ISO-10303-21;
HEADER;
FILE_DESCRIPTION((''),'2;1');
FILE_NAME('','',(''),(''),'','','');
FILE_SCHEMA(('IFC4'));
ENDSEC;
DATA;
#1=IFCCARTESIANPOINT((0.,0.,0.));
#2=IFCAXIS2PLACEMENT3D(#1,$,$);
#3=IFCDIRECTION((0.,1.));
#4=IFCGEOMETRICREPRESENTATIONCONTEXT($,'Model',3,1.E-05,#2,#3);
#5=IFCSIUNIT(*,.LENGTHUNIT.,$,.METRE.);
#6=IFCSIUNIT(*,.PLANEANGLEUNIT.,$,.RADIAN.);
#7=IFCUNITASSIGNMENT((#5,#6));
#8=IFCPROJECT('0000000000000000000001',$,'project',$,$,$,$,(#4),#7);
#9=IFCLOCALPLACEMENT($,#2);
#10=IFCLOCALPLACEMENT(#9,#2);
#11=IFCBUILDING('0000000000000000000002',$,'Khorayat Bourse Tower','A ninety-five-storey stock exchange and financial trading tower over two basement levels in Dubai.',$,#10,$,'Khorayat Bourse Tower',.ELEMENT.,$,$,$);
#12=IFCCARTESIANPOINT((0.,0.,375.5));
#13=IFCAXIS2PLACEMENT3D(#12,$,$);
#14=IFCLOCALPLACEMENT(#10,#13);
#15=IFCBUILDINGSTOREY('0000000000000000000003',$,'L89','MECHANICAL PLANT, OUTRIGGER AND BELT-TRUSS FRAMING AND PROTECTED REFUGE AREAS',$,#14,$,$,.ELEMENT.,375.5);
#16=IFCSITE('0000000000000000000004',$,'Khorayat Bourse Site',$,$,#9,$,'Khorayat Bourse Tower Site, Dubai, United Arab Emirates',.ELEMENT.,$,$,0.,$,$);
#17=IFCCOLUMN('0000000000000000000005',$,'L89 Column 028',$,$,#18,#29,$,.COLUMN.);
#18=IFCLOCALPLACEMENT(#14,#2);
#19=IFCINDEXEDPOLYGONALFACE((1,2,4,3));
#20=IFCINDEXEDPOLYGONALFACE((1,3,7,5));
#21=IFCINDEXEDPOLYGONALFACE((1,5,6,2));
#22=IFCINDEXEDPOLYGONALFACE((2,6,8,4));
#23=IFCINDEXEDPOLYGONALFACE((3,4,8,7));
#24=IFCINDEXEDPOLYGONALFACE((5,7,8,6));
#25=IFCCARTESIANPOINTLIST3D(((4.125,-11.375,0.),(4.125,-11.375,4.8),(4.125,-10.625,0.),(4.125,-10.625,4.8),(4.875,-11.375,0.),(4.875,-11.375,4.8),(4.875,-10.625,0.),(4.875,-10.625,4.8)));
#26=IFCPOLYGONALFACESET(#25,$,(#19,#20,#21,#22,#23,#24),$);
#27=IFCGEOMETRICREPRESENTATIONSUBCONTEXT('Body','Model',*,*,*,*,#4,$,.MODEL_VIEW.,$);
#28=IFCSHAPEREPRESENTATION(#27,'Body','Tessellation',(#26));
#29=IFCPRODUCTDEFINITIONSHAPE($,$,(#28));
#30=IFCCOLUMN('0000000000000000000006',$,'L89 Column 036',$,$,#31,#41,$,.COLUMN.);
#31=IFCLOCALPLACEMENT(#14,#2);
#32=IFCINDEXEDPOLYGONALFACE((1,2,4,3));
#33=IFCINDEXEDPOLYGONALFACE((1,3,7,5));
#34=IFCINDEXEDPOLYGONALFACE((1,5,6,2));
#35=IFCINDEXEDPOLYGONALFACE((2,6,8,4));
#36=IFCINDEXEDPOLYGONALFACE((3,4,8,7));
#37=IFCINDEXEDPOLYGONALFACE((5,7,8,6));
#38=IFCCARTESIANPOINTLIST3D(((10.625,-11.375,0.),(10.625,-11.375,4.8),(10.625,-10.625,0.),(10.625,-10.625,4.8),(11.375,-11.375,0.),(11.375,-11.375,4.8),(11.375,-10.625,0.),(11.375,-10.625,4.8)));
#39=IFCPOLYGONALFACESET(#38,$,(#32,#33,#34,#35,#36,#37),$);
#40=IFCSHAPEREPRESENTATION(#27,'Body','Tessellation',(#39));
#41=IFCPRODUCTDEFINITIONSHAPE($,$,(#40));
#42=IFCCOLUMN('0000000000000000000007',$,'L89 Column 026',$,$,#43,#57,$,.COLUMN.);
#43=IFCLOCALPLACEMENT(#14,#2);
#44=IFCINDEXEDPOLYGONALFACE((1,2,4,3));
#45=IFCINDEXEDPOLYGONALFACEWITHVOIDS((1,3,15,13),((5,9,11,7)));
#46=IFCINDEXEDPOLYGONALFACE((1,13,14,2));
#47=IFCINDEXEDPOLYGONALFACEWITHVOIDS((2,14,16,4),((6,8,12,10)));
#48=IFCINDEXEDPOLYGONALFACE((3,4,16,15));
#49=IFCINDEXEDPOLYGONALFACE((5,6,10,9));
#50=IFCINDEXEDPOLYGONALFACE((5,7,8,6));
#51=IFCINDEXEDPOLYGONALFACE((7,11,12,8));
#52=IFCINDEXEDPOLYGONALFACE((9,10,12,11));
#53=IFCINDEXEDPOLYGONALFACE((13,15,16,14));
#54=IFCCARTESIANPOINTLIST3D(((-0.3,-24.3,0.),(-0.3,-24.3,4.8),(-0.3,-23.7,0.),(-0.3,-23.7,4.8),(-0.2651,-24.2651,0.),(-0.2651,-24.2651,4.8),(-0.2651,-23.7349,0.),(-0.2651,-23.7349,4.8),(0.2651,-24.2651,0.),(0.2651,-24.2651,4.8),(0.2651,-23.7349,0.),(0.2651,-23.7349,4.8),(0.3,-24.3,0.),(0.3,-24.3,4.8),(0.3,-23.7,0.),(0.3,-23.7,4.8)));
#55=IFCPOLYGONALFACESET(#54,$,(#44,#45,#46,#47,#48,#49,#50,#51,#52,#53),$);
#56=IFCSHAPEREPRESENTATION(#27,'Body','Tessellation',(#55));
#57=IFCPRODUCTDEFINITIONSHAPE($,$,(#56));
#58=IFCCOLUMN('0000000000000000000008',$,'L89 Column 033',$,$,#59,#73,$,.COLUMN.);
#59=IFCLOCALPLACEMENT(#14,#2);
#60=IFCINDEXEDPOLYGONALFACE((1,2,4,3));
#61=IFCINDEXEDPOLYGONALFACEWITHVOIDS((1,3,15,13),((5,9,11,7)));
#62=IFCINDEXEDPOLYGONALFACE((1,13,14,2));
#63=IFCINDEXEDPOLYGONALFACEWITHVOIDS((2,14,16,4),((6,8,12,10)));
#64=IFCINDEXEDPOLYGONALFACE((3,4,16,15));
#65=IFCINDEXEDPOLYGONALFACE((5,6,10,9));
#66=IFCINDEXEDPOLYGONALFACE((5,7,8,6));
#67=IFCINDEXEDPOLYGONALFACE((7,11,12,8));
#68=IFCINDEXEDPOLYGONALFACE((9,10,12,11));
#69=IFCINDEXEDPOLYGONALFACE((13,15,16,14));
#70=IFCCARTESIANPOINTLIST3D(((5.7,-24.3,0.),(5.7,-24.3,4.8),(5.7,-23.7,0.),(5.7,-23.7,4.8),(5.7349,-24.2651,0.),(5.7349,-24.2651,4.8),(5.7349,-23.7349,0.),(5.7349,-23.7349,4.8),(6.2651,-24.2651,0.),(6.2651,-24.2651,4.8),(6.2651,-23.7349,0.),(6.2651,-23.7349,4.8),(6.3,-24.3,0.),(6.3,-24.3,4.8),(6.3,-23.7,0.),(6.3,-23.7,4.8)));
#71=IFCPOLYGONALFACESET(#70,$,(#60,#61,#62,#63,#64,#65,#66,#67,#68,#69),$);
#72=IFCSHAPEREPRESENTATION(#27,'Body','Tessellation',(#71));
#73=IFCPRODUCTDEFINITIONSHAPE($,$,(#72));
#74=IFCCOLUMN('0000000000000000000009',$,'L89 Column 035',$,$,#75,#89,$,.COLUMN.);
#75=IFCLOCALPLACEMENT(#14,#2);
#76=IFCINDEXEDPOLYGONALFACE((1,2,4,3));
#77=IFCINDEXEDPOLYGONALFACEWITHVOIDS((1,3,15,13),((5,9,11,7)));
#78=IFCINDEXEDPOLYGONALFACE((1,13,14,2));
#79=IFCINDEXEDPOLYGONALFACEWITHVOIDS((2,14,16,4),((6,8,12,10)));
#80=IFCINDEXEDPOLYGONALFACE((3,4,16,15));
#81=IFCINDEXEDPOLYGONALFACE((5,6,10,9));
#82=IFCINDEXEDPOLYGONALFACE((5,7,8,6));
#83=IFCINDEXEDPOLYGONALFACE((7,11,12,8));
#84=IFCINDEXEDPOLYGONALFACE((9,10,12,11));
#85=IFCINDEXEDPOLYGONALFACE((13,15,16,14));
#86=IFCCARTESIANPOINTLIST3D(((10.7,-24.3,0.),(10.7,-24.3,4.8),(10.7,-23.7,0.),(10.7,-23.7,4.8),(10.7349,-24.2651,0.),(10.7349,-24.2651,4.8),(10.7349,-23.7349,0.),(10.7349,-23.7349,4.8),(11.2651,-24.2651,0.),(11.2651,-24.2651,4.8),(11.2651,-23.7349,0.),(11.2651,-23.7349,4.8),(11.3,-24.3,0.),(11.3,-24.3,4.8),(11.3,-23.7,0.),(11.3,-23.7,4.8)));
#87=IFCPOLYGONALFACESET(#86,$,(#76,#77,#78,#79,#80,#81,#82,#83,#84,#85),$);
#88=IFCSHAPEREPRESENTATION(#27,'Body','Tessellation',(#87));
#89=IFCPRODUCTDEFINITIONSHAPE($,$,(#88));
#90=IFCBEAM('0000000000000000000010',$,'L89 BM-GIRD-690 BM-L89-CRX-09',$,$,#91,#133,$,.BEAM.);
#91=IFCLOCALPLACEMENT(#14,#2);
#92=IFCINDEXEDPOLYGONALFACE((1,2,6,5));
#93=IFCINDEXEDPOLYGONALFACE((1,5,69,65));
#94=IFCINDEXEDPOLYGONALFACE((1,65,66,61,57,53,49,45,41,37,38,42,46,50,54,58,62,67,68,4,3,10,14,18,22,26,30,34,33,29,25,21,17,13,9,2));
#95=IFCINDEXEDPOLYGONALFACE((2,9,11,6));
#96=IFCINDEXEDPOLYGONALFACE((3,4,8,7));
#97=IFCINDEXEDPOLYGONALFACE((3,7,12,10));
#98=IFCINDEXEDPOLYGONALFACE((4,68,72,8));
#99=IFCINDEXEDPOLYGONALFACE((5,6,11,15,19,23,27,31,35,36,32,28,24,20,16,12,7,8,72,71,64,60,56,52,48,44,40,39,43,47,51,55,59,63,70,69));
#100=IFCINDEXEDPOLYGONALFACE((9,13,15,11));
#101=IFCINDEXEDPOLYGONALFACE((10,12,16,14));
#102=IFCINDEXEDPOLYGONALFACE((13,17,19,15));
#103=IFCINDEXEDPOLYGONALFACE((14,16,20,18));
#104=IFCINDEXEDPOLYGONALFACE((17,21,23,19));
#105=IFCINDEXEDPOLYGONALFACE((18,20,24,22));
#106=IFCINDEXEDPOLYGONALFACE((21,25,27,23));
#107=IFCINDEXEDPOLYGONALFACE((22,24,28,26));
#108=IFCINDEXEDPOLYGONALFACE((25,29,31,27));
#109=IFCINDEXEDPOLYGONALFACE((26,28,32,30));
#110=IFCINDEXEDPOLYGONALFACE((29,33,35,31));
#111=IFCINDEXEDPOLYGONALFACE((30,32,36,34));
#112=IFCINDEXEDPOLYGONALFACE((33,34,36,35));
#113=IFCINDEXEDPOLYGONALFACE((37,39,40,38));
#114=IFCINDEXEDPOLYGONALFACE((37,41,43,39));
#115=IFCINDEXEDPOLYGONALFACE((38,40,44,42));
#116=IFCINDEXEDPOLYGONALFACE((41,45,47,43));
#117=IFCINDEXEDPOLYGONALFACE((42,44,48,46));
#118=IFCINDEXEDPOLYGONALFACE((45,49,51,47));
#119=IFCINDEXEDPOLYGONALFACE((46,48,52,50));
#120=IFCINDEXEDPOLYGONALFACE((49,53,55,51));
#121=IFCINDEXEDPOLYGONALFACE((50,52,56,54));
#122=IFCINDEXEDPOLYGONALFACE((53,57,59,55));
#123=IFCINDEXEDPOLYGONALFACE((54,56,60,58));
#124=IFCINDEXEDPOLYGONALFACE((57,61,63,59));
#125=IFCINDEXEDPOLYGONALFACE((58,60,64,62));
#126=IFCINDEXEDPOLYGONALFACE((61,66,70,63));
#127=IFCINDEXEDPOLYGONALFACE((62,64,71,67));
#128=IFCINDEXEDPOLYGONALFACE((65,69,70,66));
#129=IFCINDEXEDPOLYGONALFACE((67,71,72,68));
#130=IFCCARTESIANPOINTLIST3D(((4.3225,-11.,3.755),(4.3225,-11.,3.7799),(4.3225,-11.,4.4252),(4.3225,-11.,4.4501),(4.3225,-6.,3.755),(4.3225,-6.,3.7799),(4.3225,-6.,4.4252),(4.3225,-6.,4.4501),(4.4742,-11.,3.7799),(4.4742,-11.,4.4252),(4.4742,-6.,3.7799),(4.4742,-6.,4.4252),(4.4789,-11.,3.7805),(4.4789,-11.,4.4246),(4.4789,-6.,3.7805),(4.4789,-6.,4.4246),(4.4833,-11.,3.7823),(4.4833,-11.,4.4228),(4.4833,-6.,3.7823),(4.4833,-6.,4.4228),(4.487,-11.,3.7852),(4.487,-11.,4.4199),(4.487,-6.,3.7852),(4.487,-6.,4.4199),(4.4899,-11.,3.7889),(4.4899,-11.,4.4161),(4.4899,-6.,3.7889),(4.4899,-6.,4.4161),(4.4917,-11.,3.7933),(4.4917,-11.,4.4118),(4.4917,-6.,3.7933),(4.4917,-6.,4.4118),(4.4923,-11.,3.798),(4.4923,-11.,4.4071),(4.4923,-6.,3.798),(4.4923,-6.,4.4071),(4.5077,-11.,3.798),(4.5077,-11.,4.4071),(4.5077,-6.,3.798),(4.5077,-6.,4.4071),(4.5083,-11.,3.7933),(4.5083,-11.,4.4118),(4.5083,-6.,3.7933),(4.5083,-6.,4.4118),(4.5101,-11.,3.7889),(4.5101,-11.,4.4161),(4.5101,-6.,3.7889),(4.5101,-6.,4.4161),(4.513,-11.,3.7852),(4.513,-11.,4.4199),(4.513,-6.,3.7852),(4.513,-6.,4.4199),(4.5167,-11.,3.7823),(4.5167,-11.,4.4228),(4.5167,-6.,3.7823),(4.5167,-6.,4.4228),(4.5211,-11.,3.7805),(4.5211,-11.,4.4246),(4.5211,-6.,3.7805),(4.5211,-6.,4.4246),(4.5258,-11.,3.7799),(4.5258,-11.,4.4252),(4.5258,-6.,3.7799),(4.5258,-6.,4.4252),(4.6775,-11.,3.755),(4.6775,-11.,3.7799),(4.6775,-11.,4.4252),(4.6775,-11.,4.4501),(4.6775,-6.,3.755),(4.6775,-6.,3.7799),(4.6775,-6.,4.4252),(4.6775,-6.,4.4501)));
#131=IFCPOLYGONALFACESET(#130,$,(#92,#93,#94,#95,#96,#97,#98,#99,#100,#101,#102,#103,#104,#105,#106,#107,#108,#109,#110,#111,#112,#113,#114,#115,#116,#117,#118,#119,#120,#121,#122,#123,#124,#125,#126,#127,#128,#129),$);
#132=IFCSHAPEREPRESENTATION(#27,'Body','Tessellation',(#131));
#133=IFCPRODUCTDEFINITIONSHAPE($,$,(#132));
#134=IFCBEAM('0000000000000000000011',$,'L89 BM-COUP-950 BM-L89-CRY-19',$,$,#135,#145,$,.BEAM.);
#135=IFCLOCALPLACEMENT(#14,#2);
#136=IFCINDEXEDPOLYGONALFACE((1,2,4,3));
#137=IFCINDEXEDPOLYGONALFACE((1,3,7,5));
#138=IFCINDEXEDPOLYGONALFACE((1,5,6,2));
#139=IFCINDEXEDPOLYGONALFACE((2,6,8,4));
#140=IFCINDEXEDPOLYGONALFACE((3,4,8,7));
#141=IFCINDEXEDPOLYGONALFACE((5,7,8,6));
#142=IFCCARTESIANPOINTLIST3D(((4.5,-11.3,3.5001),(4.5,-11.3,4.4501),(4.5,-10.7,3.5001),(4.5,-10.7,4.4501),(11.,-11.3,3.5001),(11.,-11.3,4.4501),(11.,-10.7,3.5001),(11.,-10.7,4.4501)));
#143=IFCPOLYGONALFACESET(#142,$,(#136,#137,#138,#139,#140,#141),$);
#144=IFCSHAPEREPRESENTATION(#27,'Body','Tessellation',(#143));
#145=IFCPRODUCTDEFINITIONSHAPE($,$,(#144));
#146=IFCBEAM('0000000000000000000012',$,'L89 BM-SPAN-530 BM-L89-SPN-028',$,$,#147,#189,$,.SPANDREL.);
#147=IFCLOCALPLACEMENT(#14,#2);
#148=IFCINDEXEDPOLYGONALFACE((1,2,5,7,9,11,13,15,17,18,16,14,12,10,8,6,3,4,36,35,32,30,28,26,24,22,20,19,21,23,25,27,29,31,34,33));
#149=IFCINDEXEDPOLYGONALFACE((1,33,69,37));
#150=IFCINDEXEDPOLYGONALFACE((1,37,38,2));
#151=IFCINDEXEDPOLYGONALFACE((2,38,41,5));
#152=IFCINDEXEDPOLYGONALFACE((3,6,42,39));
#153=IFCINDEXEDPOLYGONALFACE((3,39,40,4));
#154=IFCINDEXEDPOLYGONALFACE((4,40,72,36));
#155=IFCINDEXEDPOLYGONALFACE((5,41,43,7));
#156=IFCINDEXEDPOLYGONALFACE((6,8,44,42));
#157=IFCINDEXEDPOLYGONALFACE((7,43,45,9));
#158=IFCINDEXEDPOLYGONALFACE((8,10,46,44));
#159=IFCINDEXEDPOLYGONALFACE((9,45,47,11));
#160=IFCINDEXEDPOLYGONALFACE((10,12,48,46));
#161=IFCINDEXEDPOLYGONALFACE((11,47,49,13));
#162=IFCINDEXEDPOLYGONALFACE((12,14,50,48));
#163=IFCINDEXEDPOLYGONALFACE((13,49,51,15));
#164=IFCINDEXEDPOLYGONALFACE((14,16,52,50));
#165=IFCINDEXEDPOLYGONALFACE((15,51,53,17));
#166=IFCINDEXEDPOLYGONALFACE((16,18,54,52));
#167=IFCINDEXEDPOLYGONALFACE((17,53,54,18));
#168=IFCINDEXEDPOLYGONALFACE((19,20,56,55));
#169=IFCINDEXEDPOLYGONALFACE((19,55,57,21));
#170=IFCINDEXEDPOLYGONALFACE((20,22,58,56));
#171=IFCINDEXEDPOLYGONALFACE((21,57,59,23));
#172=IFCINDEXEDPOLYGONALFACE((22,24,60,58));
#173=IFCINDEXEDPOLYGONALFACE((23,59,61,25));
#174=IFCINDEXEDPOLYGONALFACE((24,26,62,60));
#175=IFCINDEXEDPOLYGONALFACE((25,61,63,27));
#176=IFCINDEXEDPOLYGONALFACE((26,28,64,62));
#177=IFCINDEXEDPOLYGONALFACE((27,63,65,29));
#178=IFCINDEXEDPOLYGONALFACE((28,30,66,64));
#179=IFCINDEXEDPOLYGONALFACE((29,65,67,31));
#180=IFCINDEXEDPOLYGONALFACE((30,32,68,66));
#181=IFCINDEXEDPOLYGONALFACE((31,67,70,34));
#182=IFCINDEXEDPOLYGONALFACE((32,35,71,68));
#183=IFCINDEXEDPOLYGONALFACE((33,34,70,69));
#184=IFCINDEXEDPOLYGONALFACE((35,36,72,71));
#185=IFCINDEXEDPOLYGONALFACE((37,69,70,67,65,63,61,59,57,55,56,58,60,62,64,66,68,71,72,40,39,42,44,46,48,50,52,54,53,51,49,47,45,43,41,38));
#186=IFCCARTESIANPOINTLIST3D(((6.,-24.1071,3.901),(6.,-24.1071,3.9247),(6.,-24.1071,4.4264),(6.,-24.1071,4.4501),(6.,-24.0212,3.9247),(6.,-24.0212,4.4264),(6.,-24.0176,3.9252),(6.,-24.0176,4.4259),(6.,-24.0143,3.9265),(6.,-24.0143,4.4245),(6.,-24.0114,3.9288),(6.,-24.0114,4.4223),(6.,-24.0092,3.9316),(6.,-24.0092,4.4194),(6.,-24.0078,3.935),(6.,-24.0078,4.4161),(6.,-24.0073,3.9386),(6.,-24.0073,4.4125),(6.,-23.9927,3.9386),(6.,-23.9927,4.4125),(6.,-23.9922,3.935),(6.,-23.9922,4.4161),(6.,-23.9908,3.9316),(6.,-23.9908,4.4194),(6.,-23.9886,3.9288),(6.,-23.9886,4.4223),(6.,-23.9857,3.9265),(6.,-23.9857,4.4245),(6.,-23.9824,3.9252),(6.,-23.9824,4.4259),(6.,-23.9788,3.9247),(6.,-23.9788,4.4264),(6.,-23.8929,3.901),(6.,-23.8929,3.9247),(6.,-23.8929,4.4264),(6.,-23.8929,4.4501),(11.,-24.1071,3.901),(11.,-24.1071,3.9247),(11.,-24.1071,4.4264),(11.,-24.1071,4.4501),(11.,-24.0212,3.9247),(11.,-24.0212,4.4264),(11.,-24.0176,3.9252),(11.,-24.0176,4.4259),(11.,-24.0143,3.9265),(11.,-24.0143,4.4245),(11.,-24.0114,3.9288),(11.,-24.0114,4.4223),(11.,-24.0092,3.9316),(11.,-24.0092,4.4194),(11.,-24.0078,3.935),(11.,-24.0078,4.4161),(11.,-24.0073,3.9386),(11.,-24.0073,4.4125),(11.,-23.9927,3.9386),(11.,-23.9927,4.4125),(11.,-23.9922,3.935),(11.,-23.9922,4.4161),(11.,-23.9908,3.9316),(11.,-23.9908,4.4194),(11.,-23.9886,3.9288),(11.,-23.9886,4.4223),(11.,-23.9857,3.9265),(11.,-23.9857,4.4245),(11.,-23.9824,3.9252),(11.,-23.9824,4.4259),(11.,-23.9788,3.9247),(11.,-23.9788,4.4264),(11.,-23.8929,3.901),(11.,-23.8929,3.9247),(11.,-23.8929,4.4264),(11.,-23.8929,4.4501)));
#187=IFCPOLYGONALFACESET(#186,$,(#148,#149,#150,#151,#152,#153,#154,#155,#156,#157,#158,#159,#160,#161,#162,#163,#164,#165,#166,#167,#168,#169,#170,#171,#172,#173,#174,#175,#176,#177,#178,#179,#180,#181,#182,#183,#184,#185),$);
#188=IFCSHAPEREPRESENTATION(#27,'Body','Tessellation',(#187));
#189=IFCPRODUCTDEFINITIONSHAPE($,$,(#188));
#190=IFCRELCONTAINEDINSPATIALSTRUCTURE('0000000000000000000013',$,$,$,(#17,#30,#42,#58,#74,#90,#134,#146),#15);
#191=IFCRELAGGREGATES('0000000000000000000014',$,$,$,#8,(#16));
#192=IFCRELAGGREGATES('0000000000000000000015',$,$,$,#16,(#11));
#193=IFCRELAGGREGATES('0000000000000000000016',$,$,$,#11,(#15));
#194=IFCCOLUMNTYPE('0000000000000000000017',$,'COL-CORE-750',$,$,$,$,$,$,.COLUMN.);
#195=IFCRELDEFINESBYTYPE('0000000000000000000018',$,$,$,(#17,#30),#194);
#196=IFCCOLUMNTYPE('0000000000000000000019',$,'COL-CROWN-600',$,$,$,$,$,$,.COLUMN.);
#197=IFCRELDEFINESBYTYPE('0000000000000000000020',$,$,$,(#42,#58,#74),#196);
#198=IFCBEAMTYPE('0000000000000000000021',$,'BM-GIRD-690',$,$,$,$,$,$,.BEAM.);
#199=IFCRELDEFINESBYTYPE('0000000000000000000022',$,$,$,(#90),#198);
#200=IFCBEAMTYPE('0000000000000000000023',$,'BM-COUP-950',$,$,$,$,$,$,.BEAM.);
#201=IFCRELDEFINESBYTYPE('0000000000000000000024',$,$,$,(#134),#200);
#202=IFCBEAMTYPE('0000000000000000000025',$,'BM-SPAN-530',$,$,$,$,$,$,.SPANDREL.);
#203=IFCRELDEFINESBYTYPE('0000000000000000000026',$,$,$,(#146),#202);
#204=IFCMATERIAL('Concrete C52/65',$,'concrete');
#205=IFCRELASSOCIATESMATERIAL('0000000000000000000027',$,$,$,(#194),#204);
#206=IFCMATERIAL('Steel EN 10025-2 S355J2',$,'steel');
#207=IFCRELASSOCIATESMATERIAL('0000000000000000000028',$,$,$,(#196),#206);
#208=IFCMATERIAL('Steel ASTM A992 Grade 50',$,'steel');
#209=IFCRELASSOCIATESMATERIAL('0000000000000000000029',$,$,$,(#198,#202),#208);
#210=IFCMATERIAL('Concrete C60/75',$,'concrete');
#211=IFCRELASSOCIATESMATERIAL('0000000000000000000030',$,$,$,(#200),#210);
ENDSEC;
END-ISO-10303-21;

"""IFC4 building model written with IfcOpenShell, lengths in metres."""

from ifc_helpers import new_model, si_unit, direction, frame, origin, origin_2d, place, context, subcontext, project, spatial, rectangle, hollow_rectangle, i_section, extrude, source, transform, mapped, material, material_profile, profile_set, type_object, element, save


model = new_model("IFC4")

# Units and contexts
model_context = context("Model", 3, precision=1e-05, world=origin(), true_north=direction((0.0, 1.0)))
body_context = subcontext(model_context, "Body", "Model", "MODEL_VIEW")
ifc_project = project(units=[si_unit("LENGTHUNIT", "METRE"), si_unit("PLANEANGLEUNIT", "RADIAN")], contexts=[model_context])

# Site, building, storey
site_placement = place(None, origin())
site = spatial("IfcSite", under=ifc_project, at=site_placement, Name="Khorayat Bourse Site", LongName="Khorayat Bourse Tower Site, Dubai, United Arab Emirates", CompositionType="ELEMENT", RefElevation=0.0)
building_placement = place(site_placement, origin())
building = spatial("IfcBuilding", under=site, at=building_placement, Name="Khorayat Bourse Tower", Description="A ninety-five-storey stock exchange and financial trading tower over two basement levels in Dubai.", LongName="Khorayat Bourse Tower", CompositionType="ELEMENT")
storey_placement = place(building_placement, frame((0.0, 0.0, 375.5)))
storey = spatial("IfcBuildingStorey", under=building, at=storey_placement, Name="L89", Description="MECHANICAL PLANT, OUTRIGGER AND BELT-TRUSS FRAMING AND PROTECTED REFUGE AREAS", CompositionType="ELEMENT", Elevation=375.5)

# Columns
ifc_material_1 = material(Name="Concrete C52/65", Category="concrete")
ifc_material_profile_1 = material_profile(ifc_material_1, rectangle(XDim=0.75, YDim=0.75, at=origin_2d()), Name="RC 750x750")
ifc_profile_set_1 = profile_set([ifc_material_profile_1], Name="Concrete C52/65")
column_type_1 = type_object("IfcColumnType", Name="COL-CORE-750", PredefinedType="COLUMN", material=ifc_profile_set_1)
shared_shape_1 = source(origin(), body_context, "Body", "SweptSolid", [
    extrude(rectangle(XDim=0.75, YDim=0.75, at=origin_2d()), origin(), (0.0, 0.0, 1.0), 4.8),
])
for number, where, z_axis, x_axis, name in (
    (1, (4.5, -11.0, 0.0), (0.0, 0.0, 1.0), (1.0, 0.0, 0.0), "L89 Column 028"),
    (2, (11.0, -11.0, 0.0), (0.0, 0.0, 1.0), (1.0, 0.0, 0.0), "L89 Column 036"),
):
    element("IfcColumn", number, at=place(storey_placement, frame(where, z_axis=z_axis, x_axis=x_axis)), inside=storey, type_object=column_type_1, Name=name, PredefinedType="COLUMN", context=body_context, shape_type="MappedRepresentation", body=[
        mapped(shared_shape_1, transform((0.0, 0.0, 0.0), scale=1.0)),
    ])
ifc_material_2 = material(Name="Steel EN 10025-2 S355J2", Category="steel")
ifc_material_profile_2 = material_profile(ifc_material_2, hollow_rectangle(XDim=0.6001, YDim=0.6001, WallThickness=0.0349, at=origin_2d()), Name="BOX 600x600x35")
ifc_profile_set_2 = profile_set([ifc_material_profile_2], Name="Steel EN 10025-2 S355J2")
column_type_2 = type_object("IfcColumnType", Name="COL-CROWN-600", PredefinedType="COLUMN", material=ifc_profile_set_2)
shared_shape_2 = source(origin(), body_context, "Body", "SweptSolid", [
    extrude(hollow_rectangle(XDim=0.6001, YDim=0.6001, WallThickness=0.0349, at=origin_2d()), origin(), (0.0, 0.0, 1.0), 4.8),
])
for number, where, z_axis, x_axis, name in (
    (3, (0.0, -24.0, 0.0), (0.0, 0.0, 1.0), (1.0, 0.0, 0.0), "L89 Column 026"),
    (4, (6.0, -24.0, 0.0), (0.0, 0.0, 1.0), (1.0, 0.0, 0.0), "L89 Column 033"),
    (5, (11.0, -24.0, 0.0), (0.0, 0.0, 1.0), (1.0, 0.0, 0.0), "L89 Column 035"),
):
    element("IfcColumn", number, at=place(storey_placement, frame(where, z_axis=z_axis, x_axis=x_axis)), inside=storey, type_object=column_type_2, Name=name, PredefinedType="COLUMN", context=body_context, shape_type="MappedRepresentation", body=[
        mapped(shared_shape_2, transform((0.0, 0.0, 0.0), scale=1.0)),
    ])

# Beams
ifc_material_3 = material(Name="Steel ASTM A992 Grade 50", Category="steel")
ifc_material_profile_3 = material_profile(ifc_material_3, i_section(OverallWidth=0.355, OverallDepth=0.6951, WebThickness=0.0154, FlangeThickness=0.0249, FilletRadius=0.0181, at=origin_2d()), Name="W690X217")
ifc_profile_set_3 = profile_set([ifc_material_profile_3], Name="Steel ASTM A992 Grade 50")
beam_type_1 = type_object("IfcBeamType", Name="BM-GIRD-690", PredefinedType="BEAM", material=ifc_profile_set_3)
shared_shape_3 = source(origin(), body_context, "Body", "SweptSolid", [
    extrude(i_section(OverallWidth=0.355, OverallDepth=0.6951, WebThickness=0.0154, FlangeThickness=0.0249, FilletRadius=0.0181, at=origin_2d()), origin(), (0.0, 0.0, 1.0), 5.0),
])
beam_1_placement = place(storey_placement, frame((4.5, -11.0, 4.1025), z_axis=(0.0, 1.0, 0.0), x_axis=(-1.0, 0.0, 0.0)))
element("IfcBeam", 6, at=beam_1_placement, inside=storey, type_object=beam_type_1, Name="L89 BM-GIRD-690 BM-L89-CRX-09", PredefinedType="BEAM", context=body_context, shape_type="MappedRepresentation", body=[
    mapped(shared_shape_3, transform((0.0, 0.0, 0.0), scale=1.0)),
])
ifc_material_4 = material(Name="Concrete C60/75", Category="concrete")
ifc_material_profile_4 = material_profile(ifc_material_4, rectangle(XDim=0.6001, YDim=0.95, at=origin_2d()), Name="RC 600x950")
ifc_profile_set_4 = profile_set([ifc_material_profile_4], Name="Concrete C60/75")
beam_type_2 = type_object("IfcBeamType", Name="BM-COUP-950", PredefinedType="BEAM", material=ifc_profile_set_4)
shared_shape_4 = source(origin(), body_context, "Body", "SweptSolid", [
    extrude(rectangle(XDim=0.6001, YDim=0.95, at=origin_2d()), origin(), (0.0, 0.0, 1.0), 6.5),
])
beam_2_placement = place(storey_placement, frame((4.5, -11.0, 3.9751), z_axis=(1.0, 0.0, 0.0), x_axis=(0.0, 1.0, 0.0)))
element("IfcBeam", 7, at=beam_2_placement, inside=storey, type_object=beam_type_2, Name="L89 BM-COUP-950 BM-L89-CRY-19", PredefinedType="BEAM", context=body_context, shape_type="MappedRepresentation", body=[
    mapped(shared_shape_4, transform((0.0, 0.0, 0.0), scale=1.0)),
])
ifc_material_profile_5 = material_profile(ifc_material_3, i_section(OverallWidth=0.2141, OverallDepth=0.5491, WebThickness=0.0146, FlangeThickness=0.0237, FilletRadius=0.0139, at=origin_2d()), Name="W530X138")
ifc_profile_set_5 = profile_set([ifc_material_profile_5], Name="Steel ASTM A992 Grade 50")
beam_type_3 = type_object("IfcBeamType", Name="BM-SPAN-530", PredefinedType="SPANDREL", material=ifc_profile_set_5)
shared_shape_5 = source(origin(), body_context, "Body", "SweptSolid", [
    extrude(i_section(OverallWidth=0.2141, OverallDepth=0.5491, WebThickness=0.0146, FlangeThickness=0.0237, FilletRadius=0.0139, at=origin_2d()), origin(), (0.0, 0.0, 1.0), 5.0),
])
beam_3_placement = place(storey_placement, frame((6.0, -24.0, 4.1755), z_axis=(1.0, 0.0, 0.0), x_axis=(0.0, 1.0, 0.0)))
element("IfcBeam", 8, at=beam_3_placement, inside=storey, type_object=beam_type_3, Name="L89 BM-SPAN-530 BM-L89-SPN-028", PredefinedType="SPANDREL", context=body_context, shape_type="MappedRepresentation", body=[
    mapped(shared_shape_5, transform((0.0, 0.0, 0.0), scale=1.0)),
])

save(model, "model.ifc")
